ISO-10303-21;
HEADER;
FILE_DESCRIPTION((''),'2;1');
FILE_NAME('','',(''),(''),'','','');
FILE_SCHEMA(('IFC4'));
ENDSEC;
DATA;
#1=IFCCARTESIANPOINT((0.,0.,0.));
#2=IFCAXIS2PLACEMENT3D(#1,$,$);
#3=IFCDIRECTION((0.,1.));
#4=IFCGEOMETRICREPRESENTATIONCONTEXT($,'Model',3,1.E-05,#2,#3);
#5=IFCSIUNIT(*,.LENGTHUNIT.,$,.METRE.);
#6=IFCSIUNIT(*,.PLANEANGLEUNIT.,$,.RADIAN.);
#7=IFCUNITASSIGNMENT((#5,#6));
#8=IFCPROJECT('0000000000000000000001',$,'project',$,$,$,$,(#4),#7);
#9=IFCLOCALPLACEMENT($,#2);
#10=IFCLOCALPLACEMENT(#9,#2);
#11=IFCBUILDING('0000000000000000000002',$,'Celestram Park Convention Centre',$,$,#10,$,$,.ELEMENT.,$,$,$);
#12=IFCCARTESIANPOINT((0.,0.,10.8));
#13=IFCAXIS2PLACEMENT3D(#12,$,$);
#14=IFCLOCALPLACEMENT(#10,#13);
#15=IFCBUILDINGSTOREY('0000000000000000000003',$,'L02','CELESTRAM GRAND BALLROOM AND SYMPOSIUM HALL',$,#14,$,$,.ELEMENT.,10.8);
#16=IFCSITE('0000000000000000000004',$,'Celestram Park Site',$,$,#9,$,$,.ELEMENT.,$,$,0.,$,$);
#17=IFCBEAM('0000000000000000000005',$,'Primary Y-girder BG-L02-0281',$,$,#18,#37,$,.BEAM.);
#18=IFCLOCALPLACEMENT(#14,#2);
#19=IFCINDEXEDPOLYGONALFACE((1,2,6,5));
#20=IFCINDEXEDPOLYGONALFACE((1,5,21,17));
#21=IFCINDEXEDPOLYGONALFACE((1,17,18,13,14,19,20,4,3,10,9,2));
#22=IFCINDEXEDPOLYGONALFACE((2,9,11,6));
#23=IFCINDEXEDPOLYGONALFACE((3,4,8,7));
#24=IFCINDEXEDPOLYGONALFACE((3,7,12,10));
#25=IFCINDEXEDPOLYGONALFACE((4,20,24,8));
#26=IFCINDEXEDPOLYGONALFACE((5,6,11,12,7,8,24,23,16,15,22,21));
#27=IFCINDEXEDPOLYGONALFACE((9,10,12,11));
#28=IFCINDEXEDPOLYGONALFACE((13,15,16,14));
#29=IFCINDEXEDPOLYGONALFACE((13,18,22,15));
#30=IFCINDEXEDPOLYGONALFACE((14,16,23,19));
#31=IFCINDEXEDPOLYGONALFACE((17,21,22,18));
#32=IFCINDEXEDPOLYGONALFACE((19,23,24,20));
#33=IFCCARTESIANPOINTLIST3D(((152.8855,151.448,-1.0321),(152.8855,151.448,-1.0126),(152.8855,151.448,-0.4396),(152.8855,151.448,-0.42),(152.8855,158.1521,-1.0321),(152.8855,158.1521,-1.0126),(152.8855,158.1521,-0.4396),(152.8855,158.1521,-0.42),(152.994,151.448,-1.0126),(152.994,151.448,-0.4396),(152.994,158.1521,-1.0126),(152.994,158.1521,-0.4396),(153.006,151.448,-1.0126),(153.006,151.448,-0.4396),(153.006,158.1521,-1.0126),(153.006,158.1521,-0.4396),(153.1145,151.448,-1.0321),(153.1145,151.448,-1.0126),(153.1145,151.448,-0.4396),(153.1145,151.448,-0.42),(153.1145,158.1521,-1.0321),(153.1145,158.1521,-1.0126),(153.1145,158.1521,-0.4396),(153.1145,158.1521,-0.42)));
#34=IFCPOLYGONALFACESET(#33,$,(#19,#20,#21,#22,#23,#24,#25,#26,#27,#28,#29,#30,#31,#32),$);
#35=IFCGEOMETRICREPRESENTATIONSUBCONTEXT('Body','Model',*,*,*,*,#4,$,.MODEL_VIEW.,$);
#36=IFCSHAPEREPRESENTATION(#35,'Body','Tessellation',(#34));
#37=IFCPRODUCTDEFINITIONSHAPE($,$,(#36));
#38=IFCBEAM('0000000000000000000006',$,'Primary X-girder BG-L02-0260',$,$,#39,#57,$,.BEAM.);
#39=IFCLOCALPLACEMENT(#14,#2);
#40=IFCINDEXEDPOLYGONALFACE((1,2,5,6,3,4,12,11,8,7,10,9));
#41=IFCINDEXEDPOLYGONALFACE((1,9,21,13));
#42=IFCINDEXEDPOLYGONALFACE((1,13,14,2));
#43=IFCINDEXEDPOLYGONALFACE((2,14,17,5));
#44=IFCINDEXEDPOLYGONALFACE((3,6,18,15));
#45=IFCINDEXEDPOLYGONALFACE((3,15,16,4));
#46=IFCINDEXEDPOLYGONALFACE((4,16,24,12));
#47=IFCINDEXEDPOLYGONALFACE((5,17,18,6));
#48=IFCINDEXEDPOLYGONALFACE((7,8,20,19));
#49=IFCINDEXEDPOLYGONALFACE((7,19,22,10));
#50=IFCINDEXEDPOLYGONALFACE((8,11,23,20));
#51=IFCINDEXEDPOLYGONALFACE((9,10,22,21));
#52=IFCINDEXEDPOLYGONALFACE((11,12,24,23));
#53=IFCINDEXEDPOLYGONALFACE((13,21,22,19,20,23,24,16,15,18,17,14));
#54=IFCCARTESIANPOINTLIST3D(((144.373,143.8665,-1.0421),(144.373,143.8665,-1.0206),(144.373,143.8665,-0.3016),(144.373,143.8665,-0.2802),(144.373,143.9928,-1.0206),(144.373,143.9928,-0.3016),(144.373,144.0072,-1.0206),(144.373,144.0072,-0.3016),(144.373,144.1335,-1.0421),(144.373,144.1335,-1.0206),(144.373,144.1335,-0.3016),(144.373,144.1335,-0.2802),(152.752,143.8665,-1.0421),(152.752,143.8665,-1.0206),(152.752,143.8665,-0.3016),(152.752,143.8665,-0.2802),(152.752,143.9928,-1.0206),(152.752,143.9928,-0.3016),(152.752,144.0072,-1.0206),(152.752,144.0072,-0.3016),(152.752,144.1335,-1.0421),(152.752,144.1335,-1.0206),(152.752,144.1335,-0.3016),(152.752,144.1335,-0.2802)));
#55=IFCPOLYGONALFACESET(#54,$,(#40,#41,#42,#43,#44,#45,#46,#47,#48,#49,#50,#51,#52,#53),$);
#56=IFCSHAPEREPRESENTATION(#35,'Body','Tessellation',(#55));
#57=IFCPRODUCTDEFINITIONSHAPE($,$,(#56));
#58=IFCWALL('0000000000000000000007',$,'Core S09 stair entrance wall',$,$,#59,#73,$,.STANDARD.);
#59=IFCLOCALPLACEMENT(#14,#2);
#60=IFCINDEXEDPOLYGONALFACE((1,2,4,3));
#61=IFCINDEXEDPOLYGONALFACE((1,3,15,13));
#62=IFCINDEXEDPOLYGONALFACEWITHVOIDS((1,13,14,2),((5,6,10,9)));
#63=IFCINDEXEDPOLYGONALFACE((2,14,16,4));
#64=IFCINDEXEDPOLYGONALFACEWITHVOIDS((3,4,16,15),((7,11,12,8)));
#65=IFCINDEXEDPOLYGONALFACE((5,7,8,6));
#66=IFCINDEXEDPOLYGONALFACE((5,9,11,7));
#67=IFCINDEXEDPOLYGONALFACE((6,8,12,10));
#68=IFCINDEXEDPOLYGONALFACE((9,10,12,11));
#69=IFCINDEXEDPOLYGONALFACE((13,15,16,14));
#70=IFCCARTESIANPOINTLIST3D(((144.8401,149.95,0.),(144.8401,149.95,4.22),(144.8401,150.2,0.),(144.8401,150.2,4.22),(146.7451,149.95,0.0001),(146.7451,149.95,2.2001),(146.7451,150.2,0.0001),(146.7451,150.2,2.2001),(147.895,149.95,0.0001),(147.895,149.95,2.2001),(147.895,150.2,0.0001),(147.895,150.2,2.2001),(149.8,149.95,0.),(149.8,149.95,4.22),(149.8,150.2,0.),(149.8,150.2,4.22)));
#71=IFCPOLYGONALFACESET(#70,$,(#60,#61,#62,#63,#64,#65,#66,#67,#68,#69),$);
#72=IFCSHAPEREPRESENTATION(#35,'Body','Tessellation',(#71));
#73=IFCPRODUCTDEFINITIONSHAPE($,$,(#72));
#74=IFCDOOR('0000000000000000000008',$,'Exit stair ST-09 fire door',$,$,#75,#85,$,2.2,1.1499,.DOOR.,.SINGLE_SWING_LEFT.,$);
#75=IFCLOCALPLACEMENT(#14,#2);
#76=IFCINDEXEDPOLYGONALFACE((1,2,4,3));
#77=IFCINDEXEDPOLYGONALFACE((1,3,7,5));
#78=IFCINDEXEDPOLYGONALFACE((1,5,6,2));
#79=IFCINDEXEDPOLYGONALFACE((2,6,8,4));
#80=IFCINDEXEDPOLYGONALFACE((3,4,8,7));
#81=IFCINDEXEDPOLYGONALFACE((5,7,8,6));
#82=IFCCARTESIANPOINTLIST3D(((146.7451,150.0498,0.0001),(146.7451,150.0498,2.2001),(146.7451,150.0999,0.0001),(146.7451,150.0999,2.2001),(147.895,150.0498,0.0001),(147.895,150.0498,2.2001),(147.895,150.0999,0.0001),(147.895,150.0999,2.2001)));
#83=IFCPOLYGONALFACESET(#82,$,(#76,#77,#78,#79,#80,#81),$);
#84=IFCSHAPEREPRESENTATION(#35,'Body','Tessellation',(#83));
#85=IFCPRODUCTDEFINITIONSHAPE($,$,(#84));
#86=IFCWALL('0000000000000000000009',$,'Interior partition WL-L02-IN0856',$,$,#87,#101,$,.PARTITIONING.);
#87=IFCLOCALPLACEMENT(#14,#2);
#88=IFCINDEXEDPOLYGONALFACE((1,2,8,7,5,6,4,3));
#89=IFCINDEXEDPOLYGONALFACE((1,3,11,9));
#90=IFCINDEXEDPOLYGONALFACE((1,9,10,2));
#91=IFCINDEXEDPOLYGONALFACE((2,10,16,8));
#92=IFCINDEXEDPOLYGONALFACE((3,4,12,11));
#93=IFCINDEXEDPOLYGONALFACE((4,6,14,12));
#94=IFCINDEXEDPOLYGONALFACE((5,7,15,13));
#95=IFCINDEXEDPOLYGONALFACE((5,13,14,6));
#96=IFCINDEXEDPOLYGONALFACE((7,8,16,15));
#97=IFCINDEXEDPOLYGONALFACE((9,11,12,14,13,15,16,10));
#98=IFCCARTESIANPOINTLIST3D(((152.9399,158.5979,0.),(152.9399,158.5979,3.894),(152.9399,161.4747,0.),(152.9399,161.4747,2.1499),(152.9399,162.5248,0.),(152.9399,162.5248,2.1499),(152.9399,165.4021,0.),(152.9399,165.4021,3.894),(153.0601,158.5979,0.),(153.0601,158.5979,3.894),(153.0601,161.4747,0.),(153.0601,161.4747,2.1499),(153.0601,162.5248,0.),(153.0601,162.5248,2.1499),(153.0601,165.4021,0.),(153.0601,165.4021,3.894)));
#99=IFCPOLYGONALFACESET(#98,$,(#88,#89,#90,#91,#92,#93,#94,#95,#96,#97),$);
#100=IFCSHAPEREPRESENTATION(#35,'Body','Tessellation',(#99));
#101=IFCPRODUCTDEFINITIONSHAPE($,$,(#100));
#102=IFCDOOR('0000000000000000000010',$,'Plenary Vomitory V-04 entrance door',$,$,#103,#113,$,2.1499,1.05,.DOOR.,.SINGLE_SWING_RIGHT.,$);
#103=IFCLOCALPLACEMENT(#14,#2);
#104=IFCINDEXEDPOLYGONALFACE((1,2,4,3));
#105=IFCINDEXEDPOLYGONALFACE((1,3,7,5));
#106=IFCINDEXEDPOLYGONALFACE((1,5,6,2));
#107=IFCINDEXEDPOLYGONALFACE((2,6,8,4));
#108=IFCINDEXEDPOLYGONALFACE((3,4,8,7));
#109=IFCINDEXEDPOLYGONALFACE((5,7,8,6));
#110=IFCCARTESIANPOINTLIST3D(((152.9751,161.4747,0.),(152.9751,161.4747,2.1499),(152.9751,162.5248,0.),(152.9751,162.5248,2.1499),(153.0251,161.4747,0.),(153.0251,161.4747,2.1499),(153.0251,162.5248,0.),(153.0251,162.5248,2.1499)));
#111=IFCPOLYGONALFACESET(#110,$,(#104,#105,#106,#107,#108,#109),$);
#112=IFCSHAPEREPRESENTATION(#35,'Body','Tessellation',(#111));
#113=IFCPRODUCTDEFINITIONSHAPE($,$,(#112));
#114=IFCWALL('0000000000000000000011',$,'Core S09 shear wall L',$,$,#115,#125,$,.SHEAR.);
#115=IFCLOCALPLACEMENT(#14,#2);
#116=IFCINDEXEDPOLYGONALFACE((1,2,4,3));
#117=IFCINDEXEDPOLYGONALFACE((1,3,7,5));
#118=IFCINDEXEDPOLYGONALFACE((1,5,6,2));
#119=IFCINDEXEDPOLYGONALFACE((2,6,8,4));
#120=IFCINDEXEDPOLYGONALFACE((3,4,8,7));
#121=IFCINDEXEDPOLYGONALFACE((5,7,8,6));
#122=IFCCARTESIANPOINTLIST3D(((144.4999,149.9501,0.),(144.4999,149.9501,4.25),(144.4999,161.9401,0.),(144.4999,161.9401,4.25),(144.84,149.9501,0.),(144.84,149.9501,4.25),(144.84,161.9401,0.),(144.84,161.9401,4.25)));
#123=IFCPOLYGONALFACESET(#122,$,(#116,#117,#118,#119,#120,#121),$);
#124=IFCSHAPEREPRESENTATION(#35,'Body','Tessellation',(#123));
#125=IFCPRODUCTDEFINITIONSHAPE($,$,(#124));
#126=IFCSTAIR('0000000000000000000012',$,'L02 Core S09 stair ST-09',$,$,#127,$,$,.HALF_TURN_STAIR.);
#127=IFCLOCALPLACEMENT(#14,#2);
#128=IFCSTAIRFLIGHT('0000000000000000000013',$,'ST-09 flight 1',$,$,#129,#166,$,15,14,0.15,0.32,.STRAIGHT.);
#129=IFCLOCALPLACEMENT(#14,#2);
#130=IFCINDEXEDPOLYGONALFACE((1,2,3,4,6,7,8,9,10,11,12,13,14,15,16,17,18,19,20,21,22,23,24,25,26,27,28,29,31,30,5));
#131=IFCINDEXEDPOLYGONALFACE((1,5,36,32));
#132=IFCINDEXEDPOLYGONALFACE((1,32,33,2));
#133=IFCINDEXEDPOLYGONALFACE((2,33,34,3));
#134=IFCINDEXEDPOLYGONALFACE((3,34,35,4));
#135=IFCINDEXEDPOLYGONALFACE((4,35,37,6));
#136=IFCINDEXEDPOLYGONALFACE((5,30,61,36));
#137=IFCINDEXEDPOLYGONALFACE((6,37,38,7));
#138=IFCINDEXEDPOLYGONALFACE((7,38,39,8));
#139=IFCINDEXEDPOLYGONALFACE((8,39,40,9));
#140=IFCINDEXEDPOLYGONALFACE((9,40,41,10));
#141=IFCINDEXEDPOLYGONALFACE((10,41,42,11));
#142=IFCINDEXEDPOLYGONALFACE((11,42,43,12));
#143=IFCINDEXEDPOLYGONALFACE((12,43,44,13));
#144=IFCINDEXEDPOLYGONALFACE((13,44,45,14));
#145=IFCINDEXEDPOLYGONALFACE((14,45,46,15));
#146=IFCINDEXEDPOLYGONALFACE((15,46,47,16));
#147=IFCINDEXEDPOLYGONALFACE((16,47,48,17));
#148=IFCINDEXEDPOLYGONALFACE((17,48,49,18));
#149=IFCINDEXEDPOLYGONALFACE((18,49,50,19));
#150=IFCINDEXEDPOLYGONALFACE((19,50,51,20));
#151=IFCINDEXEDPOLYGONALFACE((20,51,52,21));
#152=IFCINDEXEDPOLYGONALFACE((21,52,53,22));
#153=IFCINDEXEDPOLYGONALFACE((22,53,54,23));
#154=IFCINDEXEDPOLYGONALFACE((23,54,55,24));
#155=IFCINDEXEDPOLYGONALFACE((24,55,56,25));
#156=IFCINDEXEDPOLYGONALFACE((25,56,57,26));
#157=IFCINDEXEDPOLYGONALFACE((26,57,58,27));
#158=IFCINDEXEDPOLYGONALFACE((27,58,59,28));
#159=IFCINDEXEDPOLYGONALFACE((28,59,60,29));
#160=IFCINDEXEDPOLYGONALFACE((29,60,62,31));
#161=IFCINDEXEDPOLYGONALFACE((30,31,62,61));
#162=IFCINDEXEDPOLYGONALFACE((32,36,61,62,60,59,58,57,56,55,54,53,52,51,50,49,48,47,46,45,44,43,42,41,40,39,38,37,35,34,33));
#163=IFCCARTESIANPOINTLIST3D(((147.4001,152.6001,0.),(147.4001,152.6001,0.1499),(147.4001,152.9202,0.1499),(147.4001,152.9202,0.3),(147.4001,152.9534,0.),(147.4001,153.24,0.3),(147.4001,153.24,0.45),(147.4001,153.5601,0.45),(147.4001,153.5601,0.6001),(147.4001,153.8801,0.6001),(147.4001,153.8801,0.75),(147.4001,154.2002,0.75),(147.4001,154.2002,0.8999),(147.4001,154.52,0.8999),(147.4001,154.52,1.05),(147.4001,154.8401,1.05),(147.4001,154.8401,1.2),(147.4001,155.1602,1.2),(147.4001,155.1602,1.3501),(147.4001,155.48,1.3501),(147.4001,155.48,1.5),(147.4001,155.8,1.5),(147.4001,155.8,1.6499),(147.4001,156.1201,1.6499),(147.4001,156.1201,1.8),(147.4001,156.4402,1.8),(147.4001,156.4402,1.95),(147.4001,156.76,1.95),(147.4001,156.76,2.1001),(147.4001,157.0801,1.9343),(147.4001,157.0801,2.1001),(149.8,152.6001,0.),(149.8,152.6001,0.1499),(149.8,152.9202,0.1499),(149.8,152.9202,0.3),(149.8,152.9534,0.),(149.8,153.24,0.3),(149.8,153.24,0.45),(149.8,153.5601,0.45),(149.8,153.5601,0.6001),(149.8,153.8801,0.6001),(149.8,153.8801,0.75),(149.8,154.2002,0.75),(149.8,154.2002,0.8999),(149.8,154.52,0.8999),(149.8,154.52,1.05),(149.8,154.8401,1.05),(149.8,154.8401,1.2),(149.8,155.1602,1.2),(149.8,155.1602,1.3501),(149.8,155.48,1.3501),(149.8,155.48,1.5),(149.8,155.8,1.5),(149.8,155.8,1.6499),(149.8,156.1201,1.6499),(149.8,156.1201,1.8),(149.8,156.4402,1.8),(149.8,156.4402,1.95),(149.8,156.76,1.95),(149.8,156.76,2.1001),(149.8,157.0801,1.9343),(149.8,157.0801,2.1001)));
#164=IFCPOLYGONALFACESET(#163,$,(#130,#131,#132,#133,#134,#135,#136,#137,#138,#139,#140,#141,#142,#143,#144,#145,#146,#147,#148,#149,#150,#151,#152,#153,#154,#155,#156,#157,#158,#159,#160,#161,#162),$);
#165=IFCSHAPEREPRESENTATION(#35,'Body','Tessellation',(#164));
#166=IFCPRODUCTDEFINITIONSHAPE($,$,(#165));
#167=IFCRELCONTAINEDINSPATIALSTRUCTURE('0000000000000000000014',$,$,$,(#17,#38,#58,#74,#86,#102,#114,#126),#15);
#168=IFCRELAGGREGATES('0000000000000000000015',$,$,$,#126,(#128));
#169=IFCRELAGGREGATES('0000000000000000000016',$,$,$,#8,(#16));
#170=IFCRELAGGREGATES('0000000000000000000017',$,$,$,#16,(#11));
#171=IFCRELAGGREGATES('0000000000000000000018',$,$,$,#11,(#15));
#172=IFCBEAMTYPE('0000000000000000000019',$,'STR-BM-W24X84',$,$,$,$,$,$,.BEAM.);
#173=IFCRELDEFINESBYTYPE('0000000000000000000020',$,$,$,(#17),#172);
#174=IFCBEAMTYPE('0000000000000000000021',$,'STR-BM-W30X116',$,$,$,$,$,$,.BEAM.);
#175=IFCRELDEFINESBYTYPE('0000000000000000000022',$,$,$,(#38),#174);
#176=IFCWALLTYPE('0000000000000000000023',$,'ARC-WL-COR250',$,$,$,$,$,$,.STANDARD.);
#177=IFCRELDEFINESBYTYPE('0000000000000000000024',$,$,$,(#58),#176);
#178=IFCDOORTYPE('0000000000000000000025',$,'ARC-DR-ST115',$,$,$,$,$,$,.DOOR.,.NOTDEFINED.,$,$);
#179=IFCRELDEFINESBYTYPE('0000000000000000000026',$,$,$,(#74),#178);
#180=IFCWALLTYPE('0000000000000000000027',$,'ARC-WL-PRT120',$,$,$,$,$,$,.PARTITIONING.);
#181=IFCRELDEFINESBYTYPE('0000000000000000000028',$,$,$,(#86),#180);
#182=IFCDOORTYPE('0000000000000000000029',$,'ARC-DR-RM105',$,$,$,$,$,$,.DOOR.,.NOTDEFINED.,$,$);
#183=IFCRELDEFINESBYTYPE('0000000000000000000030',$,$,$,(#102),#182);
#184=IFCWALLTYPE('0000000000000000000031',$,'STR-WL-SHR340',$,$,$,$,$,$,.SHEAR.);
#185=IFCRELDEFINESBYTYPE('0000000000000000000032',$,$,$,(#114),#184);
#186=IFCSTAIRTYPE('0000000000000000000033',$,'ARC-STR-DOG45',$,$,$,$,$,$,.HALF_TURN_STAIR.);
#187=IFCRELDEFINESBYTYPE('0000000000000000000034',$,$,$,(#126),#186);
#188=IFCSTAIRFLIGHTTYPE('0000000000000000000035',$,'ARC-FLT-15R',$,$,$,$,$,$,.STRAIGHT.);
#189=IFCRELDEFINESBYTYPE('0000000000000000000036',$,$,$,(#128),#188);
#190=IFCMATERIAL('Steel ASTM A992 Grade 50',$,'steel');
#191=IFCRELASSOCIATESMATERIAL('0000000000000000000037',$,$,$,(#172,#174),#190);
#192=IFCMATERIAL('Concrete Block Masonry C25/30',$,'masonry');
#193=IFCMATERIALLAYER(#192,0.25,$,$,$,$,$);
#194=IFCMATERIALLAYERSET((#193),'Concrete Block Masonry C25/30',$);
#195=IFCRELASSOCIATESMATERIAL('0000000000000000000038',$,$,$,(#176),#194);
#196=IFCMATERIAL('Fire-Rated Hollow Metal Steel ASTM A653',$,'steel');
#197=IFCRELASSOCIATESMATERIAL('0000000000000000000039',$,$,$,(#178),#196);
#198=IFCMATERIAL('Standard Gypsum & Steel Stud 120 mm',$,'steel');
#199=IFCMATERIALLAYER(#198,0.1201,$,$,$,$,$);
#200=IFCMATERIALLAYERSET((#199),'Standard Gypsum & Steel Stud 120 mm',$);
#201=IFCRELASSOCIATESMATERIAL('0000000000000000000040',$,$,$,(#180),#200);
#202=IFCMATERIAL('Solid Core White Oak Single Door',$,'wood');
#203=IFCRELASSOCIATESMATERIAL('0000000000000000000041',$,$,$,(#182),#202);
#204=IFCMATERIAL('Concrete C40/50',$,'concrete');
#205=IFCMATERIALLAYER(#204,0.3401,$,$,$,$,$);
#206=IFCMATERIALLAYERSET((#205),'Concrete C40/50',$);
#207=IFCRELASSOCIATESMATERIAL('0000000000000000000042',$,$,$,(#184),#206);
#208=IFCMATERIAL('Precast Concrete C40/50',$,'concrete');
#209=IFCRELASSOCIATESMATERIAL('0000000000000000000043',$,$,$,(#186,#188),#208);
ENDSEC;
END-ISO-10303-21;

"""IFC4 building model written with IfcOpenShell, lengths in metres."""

from ifc_helpers import new_model, si_unit, direction, frame, frame_2d, origin, origin_2d, place, context, subcontext, project, spatial, polyline, rectangle, i_section, outline, extrude, material, layer, layer_set, material_profile, profile_set, type_object, element, fill, aggregate, save


model = new_model("IFC4")

# Units and contexts
model_context = context("Model", 3, precision=1e-05, world=origin(), true_north=direction((0.0, 1.0)))
body_context = subcontext(model_context, "Body", "Model", "MODEL_VIEW")
ifc_project = project(units=[si_unit("LENGTHUNIT", "METRE"), si_unit("PLANEANGLEUNIT", "RADIAN")], contexts=[model_context])

# Site, building, storey
site_placement = place(None, origin())
site = spatial("IfcSite", under=ifc_project, at=site_placement, Name="Celestram Park Site", CompositionType="ELEMENT", RefElevation=0.0)
building_placement = place(site_placement, origin())
building = spatial("IfcBuilding", under=site, at=building_placement, Name="Celestram Park Convention Centre", CompositionType="ELEMENT")
storey_placement = place(building_placement, frame((0.0, 0.0, 10.8)))
storey = spatial("IfcBuildingStorey", under=building, at=storey_placement, Name="L02", Description="CELESTRAM GRAND BALLROOM AND SYMPOSIUM HALL", CompositionType="ELEMENT", Elevation=10.8)

# Shared definitions
ifc_material_1 = material(Name="Concrete C40/50", Category="concrete")

# Beams
ifc_material_2 = material(Name="Steel ASTM A992 Grade 50", Category="steel")
ifc_material_profile_1 = material_profile(ifc_material_2, i_section(OverallWidth=0.229, OverallDepth=0.6121, WebThickness=0.012, FlangeThickness=0.0195, at=origin_2d()), Name="W24X84")
ifc_profile_set_1 = profile_set([ifc_material_profile_1], Name="Steel ASTM A992 Grade 50")
beam_type_1 = type_object("IfcBeamType", Name="STR-BM-W24X84", PredefinedType="BEAM", material=ifc_profile_set_1)
beam_1_placement = place(storey_placement, frame((153.0, 151.448, -0.7261), z_axis=(0.0, 1.0, 0.0), x_axis=(-1.0, 0.0, 0.0)))
element("IfcBeam", 1, at=beam_1_placement, inside=storey, type_object=beam_type_1, Name="Primary Y-girder BG-L02-0281", PredefinedType="BEAM", context=body_context, shape_type="SweptSolid", body=[
    extrude(i_section(OverallWidth=0.229, OverallDepth=0.6121, WebThickness=0.012, FlangeThickness=0.0195, at=origin_2d()), origin(), (0.0, 0.0, 1.0), 6.7041),
])
ifc_material_profile_2 = material_profile(ifc_material_2, i_section(OverallWidth=0.2671, OverallDepth=0.762, WebThickness=0.0144, FlangeThickness=0.0215, at=origin_2d()), Name="W30X116")
ifc_profile_set_2 = profile_set([ifc_material_profile_2], Name="Steel ASTM A992 Grade 50")
beam_type_2 = type_object("IfcBeamType", Name="STR-BM-W30X116", PredefinedType="BEAM", material=ifc_profile_set_2)
beam_2_placement = place(storey_placement, frame((144.373, 144.0, -0.6611), z_axis=(1.0, 0.0, 0.0), x_axis=(0.0, 1.0, 0.0)))
element("IfcBeam", 2, at=beam_2_placement, inside=storey, type_object=beam_type_2, Name="Primary X-girder BG-L02-0260", PredefinedType="BEAM", context=body_context, shape_type="SweptSolid", body=[
    extrude(i_section(OverallWidth=0.2671, OverallDepth=0.762, WebThickness=0.0144, FlangeThickness=0.0215, at=origin_2d()), origin(), (0.0, 0.0, 1.0), 8.3789),
])

# Walls, openings, doors
ifc_material_3 = material(Name="Concrete Block Masonry C25/30", Category="masonry")
ifc_layer_1 = layer(ifc_material_3, 0.25)
ifc_layer_set_1 = layer_set([ifc_layer_1], Name="Concrete Block Masonry C25/30")
wall_type_1 = type_object("IfcWallType", Name="ARC-WL-COR250", PredefinedType="STANDARD", material=ifc_layer_set_1)
wall_1_placement = place(storey_placement, frame((144.8401, 150.075, 0.0), z_axis=(0.0, 0.0, 1.0), x_axis=(1.0, 0.0, 0.0)))
wall_1 = element("IfcWall", 3, at=wall_1_placement, inside=storey, type_object=wall_type_1, Name="Core S09 stair entrance wall", PredefinedType="STANDARD", context=body_context, shape_type="SweptSolid", body=[
    extrude(rectangle(XDim=4.96, YDim=0.25, at=frame_2d((2.48, 0.0))), origin(), (0.0, 0.0, 1.0), 4.22),
])
opening_1_placement = place(wall_1_placement, frame((1.905, 0.0, 0.0)))
opening_1 = element("IfcOpeningElement", 4, at=opening_1_placement, cuts=wall_1, PredefinedType="OPENING", context=body_context, shape_type="SweptSolid", body=[
    extrude(rectangle(XDim=1.1499, YDim=2.2, at=frame_2d((0.575, 1.1001))), frame((0.0, 0.135, 0.0), z_axis=(0.0, -1.0, 0.0), x_axis=(1.0, 0.0, 0.0)), (0.0, 0.0, 1.0), 0.27),
])
ifc_material_4 = material(Name="Fire-Rated Hollow Metal Steel ASTM A653", Category="steel")
door_type_1 = type_object("IfcDoorType", Name="ARC-DR-ST115", OperationType="NOTDEFINED", PredefinedType="DOOR", material=ifc_material_4)
door_1_placement = place(opening_1_placement, origin())
door_1 = element("IfcDoor", 5, at=door_1_placement, inside=storey, type_object=door_type_1, Name="Exit stair ST-09 fire door", OperationType="SINGLE_SWING_LEFT", OverallHeight=2.2, OverallWidth=1.1499, PredefinedType="DOOR", context=body_context, shape_type="SweptSolid", body=[
    extrude(rectangle(XDim=1.1499, YDim=2.2, at=frame_2d((0.575, 1.1001))), frame((0.0, 0.0249, 0.0), z_axis=(0.0, -1.0, 0.0), x_axis=(1.0, 0.0, 0.0)), (0.0, 0.0, 1.0), 0.05),
])
fill(opening_1, door_1)
ifc_material_5 = material(Name="Standard Gypsum & Steel Stud 120 mm", Category="steel")
ifc_layer_2 = layer(ifc_material_5, 0.1201)
ifc_layer_set_2 = layer_set([ifc_layer_2], Name="Standard Gypsum & Steel Stud 120 mm")
wall_type_2 = type_object("IfcWallType", Name="ARC-WL-PRT120", PredefinedType="PARTITIONING", material=ifc_layer_set_2)
wall_2_placement = place(storey_placement, frame((153.0, 158.5979, 0.0), z_axis=(0.0, 0.0, 1.0), x_axis=(0.0, 1.0, 0.0)))
wall_2 = element("IfcWall", 6, at=wall_2_placement, inside=storey, type_object=wall_type_2, Name="Interior partition WL-L02-IN0856", PredefinedType="PARTITIONING", context=body_context, shape_type="SweptSolid", body=[
    extrude(rectangle(XDim=6.8042, YDim=0.1201, at=frame_2d((3.4021, 0.0))), origin(), (0.0, 0.0, 1.0), 3.894),
])
opening_2_placement = place(wall_2_placement, frame((2.877, 0.0, 0.0)))
opening_2 = element("IfcOpeningElement", 7, at=opening_2_placement, cuts=wall_2, PredefinedType="OPENING", context=body_context, shape_type="SweptSolid", body=[
    extrude(rectangle(XDim=1.05, YDim=2.1499, at=frame_2d((0.5249, 1.075))), frame((0.0, 0.0701, 0.0), z_axis=(0.0, -1.0, 0.0), x_axis=(1.0, 0.0, 0.0)), (0.0, 0.0, 1.0), 0.1401),
])
ifc_material_6 = material(Name="Solid Core White Oak Single Door", Category="wood")
door_type_2 = type_object("IfcDoorType", Name="ARC-DR-RM105", OperationType="NOTDEFINED", PredefinedType="DOOR", material=ifc_material_6)
door_2_placement = place(opening_2_placement, origin())
door_2 = element("IfcDoor", 8, at=door_2_placement, inside=storey, type_object=door_type_2, Name="Plenary Vomitory V-04 entrance door", OperationType="SINGLE_SWING_RIGHT", OverallHeight=2.1499, OverallWidth=1.05, PredefinedType="DOOR", context=body_context, shape_type="SweptSolid", body=[
    extrude(rectangle(XDim=1.05, YDim=2.1499, at=frame_2d((0.5249, 1.075))), frame((0.0, 0.0249, 0.0), z_axis=(0.0, -1.0, 0.0), x_axis=(1.0, 0.0, 0.0)), (0.0, 0.0, 1.0), 0.05),
])
fill(opening_2, door_2)

# Wall
ifc_layer_3 = layer(ifc_material_1, 0.3401)
ifc_layer_set_3 = layer_set([ifc_layer_3], Name="Concrete C40/50")
wall_type_3 = type_object("IfcWallType", Name="STR-WL-SHR340", PredefinedType="SHEAR", material=ifc_layer_set_3)
wall_3_placement = place(storey_placement, frame((144.6699, 149.95, 0.0), z_axis=(0.0, 0.0, 1.0), x_axis=(0.0, 1.0, 0.0)))
element("IfcWall", 9, at=wall_3_placement, inside=storey, type_object=wall_type_3, Name="Core S09 shear wall L", PredefinedType="SHEAR", context=body_context, shape_type="SweptSolid", body=[
    extrude(rectangle(XDim=11.99, YDim=0.3401, at=frame_2d((5.9951, 0.0))), origin(), (0.0, 0.0, 1.0), 4.25),
])

# Stair, stair flight
ifc_material_7 = material(Name="Precast Concrete C40/50", Category="concrete")
stair_type = type_object("IfcStairType", Name="ARC-STR-DOG45", PredefinedType="HALF_TURN_STAIR", material=ifc_material_7)
stair_placement = place(storey_placement, origin())
stair = element("IfcStair", 10, at=stair_placement, inside=storey, type_object=stair_type, Name="L02 Core S09 stair ST-09", PredefinedType="HALF_TURN_STAIR")
stair_flight_type = type_object("IfcStairFlightType", Name="ARC-FLT-15R", PredefinedType="STRAIGHT", material=ifc_material_7)
stair_flight_1_placement = place(storey_placement, frame((148.6001, 152.6001, 0.0), z_axis=(0.0, 0.0, 1.0), x_axis=(0.0, 1.0, 0.0)))
stair_flight_1 = element("IfcStairFlight", 11, at=stair_flight_1_placement, type_object=stair_flight_type, Name="ST-09 flight 1", NumberOfRisers=15, NumberOfTreads=14, PredefinedType="STRAIGHT", RiserHeight=0.15, TreadLength=0.32, context=body_context, shape_type="SweptSolid", body=[
    extrude(outline(polyline([(0.0, 0.0), (0.0, 0.1499), (0.3201, 0.1499), (0.3201, 0.3), (0.6399, 0.3), (0.6399, 0.45), (0.96, 0.45), (0.96, 0.6001), (1.28, 0.6001), (1.28, 0.75), (1.6001, 0.75), (1.6001, 0.8999), (1.9199, 0.8999), (1.9199, 1.05), (2.24, 1.05), (2.24, 1.2), (2.5601, 1.2), (2.5601, 1.3501), (2.8799, 1.3501), (2.8799, 1.5), (3.2, 1.5), (3.2, 1.6499), (3.52, 1.6499), (3.52, 1.8), (3.8401, 1.8), (3.8401, 1.95), (4.1599, 1.95), (4.1599, 2.1001), (4.48, 2.1001), (4.48, 2.25), (4.48, 1.9343), (0.3533, 0.0), (0.0, 0.0)])), frame((0.0, 1.2, 0.0), z_axis=(0.0, -1.0, 0.0), x_axis=(1.0, 0.0, 0.0)), (0.0, 0.0, 1.0), 2.3999),
])
aggregate(stair, [stair_flight_1])

save(model, "model.ifc")
